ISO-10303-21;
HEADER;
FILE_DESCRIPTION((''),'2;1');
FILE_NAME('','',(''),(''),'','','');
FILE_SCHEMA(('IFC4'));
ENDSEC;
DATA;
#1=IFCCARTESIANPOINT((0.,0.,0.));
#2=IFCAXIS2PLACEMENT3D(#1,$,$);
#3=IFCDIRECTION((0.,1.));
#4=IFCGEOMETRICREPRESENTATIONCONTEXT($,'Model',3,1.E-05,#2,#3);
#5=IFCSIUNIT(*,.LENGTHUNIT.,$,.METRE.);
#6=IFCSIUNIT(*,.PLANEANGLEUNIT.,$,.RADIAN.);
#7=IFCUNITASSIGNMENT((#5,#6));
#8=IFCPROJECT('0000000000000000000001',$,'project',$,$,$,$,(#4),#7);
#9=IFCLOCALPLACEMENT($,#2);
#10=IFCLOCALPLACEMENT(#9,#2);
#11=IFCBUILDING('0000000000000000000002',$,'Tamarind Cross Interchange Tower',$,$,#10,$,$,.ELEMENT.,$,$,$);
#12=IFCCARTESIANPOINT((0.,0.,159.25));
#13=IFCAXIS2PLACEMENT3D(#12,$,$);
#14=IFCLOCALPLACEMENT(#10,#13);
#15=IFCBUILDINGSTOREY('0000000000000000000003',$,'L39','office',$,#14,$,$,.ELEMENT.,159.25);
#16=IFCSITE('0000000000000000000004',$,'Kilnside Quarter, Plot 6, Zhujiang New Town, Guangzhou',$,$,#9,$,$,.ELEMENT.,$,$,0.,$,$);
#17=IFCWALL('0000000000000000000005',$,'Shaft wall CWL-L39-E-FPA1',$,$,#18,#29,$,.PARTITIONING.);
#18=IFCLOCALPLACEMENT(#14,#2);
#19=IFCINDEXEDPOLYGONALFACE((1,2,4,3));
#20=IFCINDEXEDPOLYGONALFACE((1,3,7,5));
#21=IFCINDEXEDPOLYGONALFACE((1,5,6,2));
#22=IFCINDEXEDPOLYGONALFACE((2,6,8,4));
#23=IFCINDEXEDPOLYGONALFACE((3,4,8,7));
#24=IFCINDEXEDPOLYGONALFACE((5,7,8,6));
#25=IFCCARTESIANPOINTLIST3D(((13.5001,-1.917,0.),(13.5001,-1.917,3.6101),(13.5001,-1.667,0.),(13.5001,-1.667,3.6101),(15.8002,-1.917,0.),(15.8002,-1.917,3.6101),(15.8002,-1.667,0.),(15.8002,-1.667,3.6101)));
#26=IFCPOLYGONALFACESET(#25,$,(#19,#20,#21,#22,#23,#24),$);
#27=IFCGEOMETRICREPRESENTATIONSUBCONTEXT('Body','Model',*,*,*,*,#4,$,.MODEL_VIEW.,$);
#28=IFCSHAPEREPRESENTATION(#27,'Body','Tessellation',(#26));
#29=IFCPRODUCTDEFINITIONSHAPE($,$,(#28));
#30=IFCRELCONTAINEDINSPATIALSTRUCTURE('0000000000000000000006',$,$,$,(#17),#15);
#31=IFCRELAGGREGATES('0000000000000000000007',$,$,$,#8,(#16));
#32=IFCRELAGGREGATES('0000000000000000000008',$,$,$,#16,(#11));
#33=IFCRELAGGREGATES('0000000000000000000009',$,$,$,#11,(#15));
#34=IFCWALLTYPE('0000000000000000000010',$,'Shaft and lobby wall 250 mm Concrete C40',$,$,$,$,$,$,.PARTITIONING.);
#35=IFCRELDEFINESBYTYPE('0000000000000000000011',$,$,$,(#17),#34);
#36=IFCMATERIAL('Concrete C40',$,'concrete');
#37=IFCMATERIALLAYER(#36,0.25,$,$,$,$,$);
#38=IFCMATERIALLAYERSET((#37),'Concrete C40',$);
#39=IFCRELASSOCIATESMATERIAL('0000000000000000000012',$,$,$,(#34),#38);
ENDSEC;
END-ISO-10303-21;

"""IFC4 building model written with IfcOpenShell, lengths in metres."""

from ifc_helpers import new_model, si_unit, direction, frame, frame_2d, origin, place, context, subcontext, project, spatial, rectangle, extrude, material, layer, layer_set, type_object, element, save


model = new_model("IFC4")

# Units and contexts
model_context = context("Model", 3, precision=1e-05, world=origin(), true_north=direction((0.0, 1.0)))
body_context = subcontext(model_context, "Body", "Model", "MODEL_VIEW")
ifc_project = project(units=[si_unit("LENGTHUNIT", "METRE"), si_unit("PLANEANGLEUNIT", "RADIAN")], contexts=[model_context])

# Site, building, storey
site_placement = place(None, origin())
site = spatial("IfcSite", under=ifc_project, at=site_placement, Name="Kilnside Quarter, Plot 6, Zhujiang New Town, Guangzhou", CompositionType="ELEMENT", RefElevation=0.0)
building_placement = place(site_placement, origin())
building = spatial("IfcBuilding", under=site, at=building_placement, Name="Tamarind Cross Interchange Tower", CompositionType="ELEMENT")
storey_placement = place(building_placement, frame((0.0, 0.0, 159.25)))
storey = spatial("IfcBuildingStorey", under=building, at=storey_placement, Name="L39", Description="office", CompositionType="ELEMENT", Elevation=159.25)

# Wall
ifc_material_1 = material(Name="Concrete C40", Category="concrete")
ifc_layer_1 = layer(ifc_material_1, 0.25)
ifc_layer_set_1 = layer_set([ifc_layer_1], Name="Concrete C40")
wall_type_1 = type_object("IfcWallType", Name="Shaft and lobby wall 250 mm Concrete C40", PredefinedType="PARTITIONING", material=ifc_layer_set_1)
wall_1_placement = place(storey_placement, frame((15.8, -1.792, 0.0), z_axis=(0.0, 0.0, 1.0), x_axis=(-1.0, 0.0, 0.0)))
element("IfcWall", 1, at=wall_1_placement, inside=storey, type_object=wall_type_1, Name="Shaft wall CWL-L39-E-FPA1", PredefinedType="PARTITIONING", context=body_context, shape_type="SweptSolid", body=[
    extrude(rectangle(XDim=2.3, YDim=0.25, at=frame_2d((1.1499, 0.0))), origin(), (0.0, 0.0, 1.0), 3.6101),
])

save(model, "model.ifc")
